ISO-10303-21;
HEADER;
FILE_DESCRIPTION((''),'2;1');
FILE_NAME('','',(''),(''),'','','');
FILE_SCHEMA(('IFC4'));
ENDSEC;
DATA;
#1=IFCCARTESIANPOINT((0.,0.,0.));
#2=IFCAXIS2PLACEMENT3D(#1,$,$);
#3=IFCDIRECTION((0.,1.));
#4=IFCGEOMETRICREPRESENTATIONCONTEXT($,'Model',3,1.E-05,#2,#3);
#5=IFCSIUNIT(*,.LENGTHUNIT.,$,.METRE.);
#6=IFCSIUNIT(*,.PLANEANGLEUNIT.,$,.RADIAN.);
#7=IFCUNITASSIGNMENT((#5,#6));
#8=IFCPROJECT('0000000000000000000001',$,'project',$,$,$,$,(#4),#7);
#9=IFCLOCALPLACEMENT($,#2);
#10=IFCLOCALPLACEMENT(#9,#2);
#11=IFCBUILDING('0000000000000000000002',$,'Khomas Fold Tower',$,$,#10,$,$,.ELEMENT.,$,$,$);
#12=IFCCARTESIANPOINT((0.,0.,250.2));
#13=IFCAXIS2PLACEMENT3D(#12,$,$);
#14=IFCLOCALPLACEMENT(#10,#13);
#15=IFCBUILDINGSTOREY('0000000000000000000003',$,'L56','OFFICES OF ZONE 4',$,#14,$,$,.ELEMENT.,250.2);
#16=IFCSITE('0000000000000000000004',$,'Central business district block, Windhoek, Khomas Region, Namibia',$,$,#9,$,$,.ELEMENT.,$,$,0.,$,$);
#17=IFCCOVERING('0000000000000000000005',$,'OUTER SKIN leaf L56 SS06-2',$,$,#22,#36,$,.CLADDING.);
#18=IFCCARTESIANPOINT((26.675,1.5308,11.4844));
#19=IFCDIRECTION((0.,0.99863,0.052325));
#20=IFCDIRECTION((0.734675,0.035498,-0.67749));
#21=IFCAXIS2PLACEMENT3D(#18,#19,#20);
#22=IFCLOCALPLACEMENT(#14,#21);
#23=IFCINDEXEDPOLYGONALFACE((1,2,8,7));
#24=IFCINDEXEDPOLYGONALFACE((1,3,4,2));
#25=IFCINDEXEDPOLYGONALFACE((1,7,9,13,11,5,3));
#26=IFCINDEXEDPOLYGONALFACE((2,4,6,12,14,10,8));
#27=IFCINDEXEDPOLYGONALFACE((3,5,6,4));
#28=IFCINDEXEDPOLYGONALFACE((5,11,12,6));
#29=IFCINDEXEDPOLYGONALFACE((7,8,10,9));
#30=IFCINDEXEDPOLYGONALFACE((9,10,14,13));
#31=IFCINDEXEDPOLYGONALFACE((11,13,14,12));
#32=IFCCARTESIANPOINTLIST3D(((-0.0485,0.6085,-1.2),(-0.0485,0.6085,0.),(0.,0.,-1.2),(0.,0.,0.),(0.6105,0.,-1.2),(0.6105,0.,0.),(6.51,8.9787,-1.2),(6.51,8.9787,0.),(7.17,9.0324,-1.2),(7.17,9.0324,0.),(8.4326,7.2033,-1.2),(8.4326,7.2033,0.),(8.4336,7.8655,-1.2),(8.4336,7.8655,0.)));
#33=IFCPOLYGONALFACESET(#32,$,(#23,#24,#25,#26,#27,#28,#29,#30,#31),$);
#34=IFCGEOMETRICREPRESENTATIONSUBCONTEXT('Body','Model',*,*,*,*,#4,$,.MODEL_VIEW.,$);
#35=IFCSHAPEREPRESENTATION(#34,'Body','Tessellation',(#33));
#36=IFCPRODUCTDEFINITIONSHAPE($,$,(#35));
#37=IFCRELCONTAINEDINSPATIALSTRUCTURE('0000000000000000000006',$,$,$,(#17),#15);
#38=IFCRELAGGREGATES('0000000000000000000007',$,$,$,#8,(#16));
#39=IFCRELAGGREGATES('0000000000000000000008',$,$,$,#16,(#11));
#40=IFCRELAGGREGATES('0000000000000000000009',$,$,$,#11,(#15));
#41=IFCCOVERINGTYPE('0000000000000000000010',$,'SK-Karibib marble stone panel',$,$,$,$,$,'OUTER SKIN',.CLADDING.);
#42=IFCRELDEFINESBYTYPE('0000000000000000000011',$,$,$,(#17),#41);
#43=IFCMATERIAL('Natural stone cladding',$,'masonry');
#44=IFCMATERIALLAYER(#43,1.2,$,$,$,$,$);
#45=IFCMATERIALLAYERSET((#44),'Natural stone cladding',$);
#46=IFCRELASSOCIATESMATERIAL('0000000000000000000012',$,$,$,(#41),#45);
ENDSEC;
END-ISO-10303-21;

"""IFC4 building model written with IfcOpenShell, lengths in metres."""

from ifc_helpers import new_model, si_unit, direction, frame, origin, place, context, subcontext, project, spatial, polyline, outline, extrude, material, layer, layer_set, type_object, element, save


model = new_model("IFC4")

# Units and contexts
model_context = context("Model", 3, precision=1e-05, world=origin(), true_north=direction((0.0, 1.0)))
body_context = subcontext(model_context, "Body", "Model", "MODEL_VIEW")
ifc_project = project(units=[si_unit("LENGTHUNIT", "METRE"), si_unit("PLANEANGLEUNIT", "RADIAN")], contexts=[model_context])

# Site, building, storey
site_placement = place(None, origin())
site = spatial("IfcSite", under=ifc_project, at=site_placement, Name="Central business district block, Windhoek, Khomas Region, Namibia", CompositionType="ELEMENT", RefElevation=0.0)
building_placement = place(site_placement, origin())
building = spatial("IfcBuilding", under=site, at=building_placement, Name="Khomas Fold Tower", CompositionType="ELEMENT")
storey_placement = place(building_placement, frame((0.0, 0.0, 250.2)))
storey = spatial("IfcBuildingStorey", under=building, at=storey_placement, Name="L56", Description="OFFICES OF ZONE 4", CompositionType="ELEMENT", Elevation=250.2)

# Covering
ifc_material_1 = material(Name="Natural stone cladding", Category="masonry")
ifc_layer_1 = layer(ifc_material_1, 1.2)
ifc_layer_set_1 = layer_set([ifc_layer_1], Name="Natural stone cladding")
covering_type = type_object("IfcCoveringType", Name="SK-Karibib marble stone panel", ElementType="OUTER SKIN", PredefinedType="CLADDING", material=ifc_layer_set_1)
covering_placement = place(storey_placement, frame((26.675, 1.5308, 11.4844), z_axis=(0.0, 0.99863, 0.052325), x_axis=(0.734675, 0.035498, -0.67749)))
element("IfcCovering", 1, at=covering_placement, inside=storey, type_object=covering_type, Name="OUTER SKIN leaf L56 SS06-2", PredefinedType="CLADDING", context=body_context, shape_type="SweptSolid", body=[
    extrude(outline(polyline([(0.0, 0.0), (0.6105, 0.0), (8.4326, 7.2033), (8.4336, 7.8655), (7.17, 9.0324), (6.51, 8.9787), (-0.0485, 0.6085), (0.0, 0.0)])), origin(), (0.0, 0.0, -1.0), 1.2),
])

save(model, "model.ifc")
